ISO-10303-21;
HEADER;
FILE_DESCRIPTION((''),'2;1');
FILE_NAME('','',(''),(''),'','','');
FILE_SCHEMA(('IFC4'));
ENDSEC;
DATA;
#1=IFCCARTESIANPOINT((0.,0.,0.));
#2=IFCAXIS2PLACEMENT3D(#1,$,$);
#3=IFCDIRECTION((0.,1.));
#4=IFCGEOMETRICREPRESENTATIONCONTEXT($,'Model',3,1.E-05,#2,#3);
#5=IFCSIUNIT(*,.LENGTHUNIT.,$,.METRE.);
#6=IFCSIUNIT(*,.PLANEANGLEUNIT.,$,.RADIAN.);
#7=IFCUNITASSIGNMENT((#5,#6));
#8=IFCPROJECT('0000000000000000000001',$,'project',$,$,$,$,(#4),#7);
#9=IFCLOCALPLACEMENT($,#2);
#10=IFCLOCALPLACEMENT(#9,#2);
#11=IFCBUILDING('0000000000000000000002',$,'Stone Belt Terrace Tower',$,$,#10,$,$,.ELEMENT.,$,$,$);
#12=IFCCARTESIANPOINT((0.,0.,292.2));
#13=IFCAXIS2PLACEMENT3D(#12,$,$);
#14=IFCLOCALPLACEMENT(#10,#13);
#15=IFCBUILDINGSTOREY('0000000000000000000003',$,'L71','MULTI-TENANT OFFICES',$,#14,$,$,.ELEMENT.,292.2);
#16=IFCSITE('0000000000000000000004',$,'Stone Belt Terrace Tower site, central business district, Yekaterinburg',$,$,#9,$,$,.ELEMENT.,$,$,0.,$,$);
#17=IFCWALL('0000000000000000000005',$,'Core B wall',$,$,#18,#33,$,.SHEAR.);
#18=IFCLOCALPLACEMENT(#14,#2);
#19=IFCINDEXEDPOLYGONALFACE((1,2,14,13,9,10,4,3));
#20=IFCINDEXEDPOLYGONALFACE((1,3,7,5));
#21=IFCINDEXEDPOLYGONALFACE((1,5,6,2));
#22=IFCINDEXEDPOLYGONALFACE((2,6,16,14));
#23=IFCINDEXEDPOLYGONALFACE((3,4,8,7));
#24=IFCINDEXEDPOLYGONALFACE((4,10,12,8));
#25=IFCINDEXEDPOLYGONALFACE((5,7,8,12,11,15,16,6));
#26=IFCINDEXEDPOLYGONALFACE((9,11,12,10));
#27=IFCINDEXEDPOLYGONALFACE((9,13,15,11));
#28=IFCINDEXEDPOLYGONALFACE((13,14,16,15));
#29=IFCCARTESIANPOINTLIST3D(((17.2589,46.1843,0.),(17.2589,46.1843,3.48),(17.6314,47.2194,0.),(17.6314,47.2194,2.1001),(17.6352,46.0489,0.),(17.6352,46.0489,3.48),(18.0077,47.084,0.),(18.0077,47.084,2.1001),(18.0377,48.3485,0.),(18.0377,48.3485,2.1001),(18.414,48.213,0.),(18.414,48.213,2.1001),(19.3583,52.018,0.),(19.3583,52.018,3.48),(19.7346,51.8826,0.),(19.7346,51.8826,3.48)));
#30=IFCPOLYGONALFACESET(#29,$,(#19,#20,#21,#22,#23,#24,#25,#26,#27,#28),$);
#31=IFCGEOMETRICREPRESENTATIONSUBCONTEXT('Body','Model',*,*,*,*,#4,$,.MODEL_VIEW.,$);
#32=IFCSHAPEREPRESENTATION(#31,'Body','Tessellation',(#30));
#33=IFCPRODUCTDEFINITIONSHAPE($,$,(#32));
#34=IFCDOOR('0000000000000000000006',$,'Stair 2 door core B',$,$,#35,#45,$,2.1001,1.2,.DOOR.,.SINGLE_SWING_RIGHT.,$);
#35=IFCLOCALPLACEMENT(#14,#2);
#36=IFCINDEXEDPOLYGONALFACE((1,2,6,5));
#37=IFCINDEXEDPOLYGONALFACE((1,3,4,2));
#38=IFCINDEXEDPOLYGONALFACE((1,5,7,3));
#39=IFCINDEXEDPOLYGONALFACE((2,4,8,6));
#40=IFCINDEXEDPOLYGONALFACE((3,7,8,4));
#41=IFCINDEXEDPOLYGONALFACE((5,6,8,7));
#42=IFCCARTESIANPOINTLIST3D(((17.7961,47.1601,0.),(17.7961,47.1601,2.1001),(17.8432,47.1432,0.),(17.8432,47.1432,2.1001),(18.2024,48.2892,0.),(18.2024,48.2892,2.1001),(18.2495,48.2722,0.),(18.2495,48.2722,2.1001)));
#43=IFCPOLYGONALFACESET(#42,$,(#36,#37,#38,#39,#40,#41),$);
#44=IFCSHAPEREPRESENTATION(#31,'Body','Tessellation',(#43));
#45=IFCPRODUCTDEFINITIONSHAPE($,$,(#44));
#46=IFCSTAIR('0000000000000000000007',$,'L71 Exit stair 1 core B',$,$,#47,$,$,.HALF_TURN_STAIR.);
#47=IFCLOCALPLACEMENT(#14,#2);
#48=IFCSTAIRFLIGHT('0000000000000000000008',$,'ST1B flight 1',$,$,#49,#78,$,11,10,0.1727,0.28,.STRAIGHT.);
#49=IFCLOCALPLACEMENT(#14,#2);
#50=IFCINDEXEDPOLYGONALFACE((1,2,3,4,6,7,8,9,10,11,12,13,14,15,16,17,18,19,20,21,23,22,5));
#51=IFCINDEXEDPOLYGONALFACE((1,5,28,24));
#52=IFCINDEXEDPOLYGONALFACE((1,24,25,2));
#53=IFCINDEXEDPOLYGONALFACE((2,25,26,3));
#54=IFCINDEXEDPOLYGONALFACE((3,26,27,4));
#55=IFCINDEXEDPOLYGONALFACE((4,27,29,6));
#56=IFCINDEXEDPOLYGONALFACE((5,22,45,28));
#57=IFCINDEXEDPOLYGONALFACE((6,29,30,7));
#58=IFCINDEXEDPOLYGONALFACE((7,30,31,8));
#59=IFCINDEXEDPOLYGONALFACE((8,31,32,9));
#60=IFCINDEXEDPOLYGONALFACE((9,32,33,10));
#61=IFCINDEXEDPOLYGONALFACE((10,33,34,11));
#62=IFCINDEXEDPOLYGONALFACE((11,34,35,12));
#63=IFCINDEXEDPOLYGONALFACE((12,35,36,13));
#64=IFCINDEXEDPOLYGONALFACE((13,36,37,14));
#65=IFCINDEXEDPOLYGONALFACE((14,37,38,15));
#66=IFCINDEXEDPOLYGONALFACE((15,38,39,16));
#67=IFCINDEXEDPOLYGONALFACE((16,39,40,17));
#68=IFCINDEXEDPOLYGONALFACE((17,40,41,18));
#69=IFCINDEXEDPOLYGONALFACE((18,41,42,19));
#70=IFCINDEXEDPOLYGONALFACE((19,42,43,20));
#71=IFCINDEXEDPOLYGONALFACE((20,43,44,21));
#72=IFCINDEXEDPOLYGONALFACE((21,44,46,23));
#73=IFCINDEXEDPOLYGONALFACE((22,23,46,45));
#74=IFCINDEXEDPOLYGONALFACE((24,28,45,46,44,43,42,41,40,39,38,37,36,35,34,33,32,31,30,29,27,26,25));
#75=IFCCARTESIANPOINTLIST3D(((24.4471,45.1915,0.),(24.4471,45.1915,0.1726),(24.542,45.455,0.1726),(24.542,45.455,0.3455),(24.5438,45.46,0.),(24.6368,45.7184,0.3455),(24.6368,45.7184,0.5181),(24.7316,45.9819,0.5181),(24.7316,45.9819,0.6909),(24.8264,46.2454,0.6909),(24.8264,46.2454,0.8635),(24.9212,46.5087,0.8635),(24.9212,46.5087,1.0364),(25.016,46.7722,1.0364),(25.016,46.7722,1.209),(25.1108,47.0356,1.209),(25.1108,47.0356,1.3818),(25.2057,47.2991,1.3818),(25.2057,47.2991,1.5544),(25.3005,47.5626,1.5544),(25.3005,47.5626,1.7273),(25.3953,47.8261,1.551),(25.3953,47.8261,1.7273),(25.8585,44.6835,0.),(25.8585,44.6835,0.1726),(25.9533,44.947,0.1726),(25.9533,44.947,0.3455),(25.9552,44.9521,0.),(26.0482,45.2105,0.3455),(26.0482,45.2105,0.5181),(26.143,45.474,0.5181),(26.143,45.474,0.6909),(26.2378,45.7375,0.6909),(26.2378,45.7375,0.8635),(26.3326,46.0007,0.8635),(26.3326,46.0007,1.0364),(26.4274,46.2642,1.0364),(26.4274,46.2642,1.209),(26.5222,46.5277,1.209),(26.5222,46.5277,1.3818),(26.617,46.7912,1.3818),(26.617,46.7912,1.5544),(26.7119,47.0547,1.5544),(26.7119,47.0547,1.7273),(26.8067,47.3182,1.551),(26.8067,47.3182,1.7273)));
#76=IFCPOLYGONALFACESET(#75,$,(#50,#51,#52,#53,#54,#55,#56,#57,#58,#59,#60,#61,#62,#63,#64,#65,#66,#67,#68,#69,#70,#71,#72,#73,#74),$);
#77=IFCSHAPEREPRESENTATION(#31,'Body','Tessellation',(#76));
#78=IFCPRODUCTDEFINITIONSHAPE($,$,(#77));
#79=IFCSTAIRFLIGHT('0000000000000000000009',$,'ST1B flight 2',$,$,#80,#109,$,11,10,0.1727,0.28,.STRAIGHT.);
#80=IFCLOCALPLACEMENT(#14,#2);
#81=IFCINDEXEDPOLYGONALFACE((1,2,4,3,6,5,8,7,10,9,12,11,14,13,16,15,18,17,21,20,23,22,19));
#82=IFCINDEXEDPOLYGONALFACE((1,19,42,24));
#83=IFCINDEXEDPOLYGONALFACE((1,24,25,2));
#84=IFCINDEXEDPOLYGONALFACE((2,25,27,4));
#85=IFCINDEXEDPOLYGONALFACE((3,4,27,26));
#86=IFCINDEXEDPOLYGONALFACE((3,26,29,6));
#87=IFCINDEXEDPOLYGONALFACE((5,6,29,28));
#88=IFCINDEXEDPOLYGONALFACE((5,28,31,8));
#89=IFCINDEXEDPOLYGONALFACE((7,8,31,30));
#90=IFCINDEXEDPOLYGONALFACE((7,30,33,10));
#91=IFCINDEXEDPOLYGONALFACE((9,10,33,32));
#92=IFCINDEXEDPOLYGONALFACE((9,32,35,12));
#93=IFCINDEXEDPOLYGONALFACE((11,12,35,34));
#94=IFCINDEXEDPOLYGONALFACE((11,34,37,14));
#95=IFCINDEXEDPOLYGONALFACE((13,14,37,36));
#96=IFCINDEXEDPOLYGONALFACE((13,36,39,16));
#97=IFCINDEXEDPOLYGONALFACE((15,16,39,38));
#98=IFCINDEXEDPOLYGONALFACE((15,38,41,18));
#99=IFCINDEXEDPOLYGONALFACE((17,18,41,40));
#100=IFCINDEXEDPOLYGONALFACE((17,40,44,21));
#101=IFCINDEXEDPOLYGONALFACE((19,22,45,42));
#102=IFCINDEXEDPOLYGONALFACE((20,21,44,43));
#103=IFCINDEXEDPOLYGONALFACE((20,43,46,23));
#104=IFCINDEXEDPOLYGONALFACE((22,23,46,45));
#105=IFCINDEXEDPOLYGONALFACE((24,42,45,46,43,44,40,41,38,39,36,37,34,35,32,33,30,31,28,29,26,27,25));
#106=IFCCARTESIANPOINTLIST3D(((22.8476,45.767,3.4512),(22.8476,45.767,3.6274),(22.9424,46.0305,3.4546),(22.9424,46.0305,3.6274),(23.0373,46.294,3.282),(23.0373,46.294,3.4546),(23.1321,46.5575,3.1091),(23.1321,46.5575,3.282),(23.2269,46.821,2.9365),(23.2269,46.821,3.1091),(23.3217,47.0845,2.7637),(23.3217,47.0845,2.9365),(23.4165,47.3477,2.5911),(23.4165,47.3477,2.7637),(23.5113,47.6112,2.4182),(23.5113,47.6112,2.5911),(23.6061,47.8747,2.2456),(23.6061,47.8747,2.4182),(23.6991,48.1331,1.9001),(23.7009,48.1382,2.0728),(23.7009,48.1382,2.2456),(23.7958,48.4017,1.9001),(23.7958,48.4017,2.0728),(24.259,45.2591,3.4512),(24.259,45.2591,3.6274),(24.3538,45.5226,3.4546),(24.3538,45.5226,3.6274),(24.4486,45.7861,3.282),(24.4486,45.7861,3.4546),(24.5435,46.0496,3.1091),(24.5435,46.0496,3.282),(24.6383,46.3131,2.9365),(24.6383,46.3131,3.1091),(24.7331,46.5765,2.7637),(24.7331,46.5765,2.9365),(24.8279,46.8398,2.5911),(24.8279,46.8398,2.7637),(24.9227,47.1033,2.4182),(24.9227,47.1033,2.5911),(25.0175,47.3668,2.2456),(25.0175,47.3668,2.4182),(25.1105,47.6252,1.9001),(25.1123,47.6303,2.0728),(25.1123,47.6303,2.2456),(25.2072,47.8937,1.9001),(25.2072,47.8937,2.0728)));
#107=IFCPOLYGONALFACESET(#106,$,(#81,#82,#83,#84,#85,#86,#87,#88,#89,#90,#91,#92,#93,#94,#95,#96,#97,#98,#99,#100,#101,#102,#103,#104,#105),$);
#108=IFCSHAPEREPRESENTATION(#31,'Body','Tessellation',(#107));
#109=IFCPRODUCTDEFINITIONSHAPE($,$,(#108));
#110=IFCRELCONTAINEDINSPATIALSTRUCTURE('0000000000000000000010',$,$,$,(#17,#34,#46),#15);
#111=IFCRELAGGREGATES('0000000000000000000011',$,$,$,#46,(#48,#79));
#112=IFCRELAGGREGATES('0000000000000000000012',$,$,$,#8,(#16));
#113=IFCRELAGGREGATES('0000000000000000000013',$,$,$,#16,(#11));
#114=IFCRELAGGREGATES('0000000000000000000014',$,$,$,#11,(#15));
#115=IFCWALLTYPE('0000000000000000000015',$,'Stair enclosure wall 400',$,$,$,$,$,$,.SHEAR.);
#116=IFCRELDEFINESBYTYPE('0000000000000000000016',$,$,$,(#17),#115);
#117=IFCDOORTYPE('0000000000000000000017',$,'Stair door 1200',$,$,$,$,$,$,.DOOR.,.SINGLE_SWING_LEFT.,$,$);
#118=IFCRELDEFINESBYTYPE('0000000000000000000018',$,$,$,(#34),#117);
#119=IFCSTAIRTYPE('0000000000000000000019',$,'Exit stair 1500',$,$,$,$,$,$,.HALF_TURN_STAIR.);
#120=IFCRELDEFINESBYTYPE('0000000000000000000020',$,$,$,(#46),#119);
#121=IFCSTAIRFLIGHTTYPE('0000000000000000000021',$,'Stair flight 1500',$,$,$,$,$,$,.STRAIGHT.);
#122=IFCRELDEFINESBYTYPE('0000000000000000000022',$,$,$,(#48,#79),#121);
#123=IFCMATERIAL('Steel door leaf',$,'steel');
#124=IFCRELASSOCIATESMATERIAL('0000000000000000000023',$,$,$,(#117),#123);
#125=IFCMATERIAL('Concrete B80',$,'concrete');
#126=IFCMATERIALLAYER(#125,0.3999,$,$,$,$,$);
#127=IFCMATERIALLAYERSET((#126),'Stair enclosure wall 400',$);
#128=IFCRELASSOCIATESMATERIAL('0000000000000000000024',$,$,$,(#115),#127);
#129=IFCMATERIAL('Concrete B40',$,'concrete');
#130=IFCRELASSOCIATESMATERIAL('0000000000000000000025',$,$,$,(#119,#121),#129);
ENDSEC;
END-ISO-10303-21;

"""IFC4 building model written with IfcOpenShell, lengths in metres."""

from ifc_helpers import new_model, si_unit, direction, frame, frame_2d, origin, place, context, subcontext, project, spatial, polyline, rectangle, outline, extrude, material, layer, layer_set, type_object, element, fill, aggregate, save


model = new_model("IFC4")

# Units and contexts
model_context = context("Model", 3, precision=1e-05, world=origin(), true_north=direction((0.0, 1.0)))
body_context = subcontext(model_context, "Body", "Model", "MODEL_VIEW")
ifc_project = project(units=[si_unit("LENGTHUNIT", "METRE"), si_unit("PLANEANGLEUNIT", "RADIAN")], contexts=[model_context])

# Site, building, storey
site_placement = place(None, origin())
site = spatial("IfcSite", under=ifc_project, at=site_placement, Name="Stone Belt Terrace Tower site, central business district, Yekaterinburg", CompositionType="ELEMENT", RefElevation=0.0)
building_placement = place(site_placement, origin())
building = spatial("IfcBuilding", under=site, at=building_placement, Name="Stone Belt Terrace Tower", CompositionType="ELEMENT")
storey_placement = place(building_placement, frame((0.0, 0.0, 292.2)))
storey = spatial("IfcBuildingStorey", under=building, at=storey_placement, Name="L71", Description="MULTI-TENANT OFFICES", CompositionType="ELEMENT", Elevation=292.2)

# Shared definitions
ifc_material_1 = material(Name="Concrete B80", Category="concrete")

# Shared definitions
ifc_material_2 = material(Name="Steel door leaf", Category="steel")
door_type_1 = type_object("IfcDoorType", Name="Stair door 1200", OperationType="SINGLE_SWING_LEFT", PredefinedType="DOOR", material=ifc_material_2)
ifc_layer_1 = layer(ifc_material_1, 0.3999)
ifc_layer_set_1 = layer_set([ifc_layer_1], Name="Stair enclosure wall 400")
wall_type_1 = type_object("IfcWallType", Name="Stair enclosure wall 400", PredefinedType="SHEAR", material=ifc_layer_set_1)

# Wall, opening, door
wall_1_placement = place(storey_placement, frame((17.447, 46.1165, 0.0), z_axis=(0.0, 0.0, 1.0), x_axis=(0.338608, 0.940928, 0.0)))
wall_1 = element("IfcWall", 1, at=wall_1_placement, inside=storey, type_object=wall_type_1, Name="Core B wall", PredefinedType="SHEAR", context=body_context, shape_type="SweptSolid", body=[
    extrude(rectangle(XDim=6.2, YDim=0.3999, at=frame_2d((3.1001, 0.0))), origin(), (0.0, 0.0, 1.0), 3.48),
])
opening_1_placement = place(wall_1_placement, frame((1.1001, 0.0, 0.0)))
opening_1 = element("IfcOpeningElement", 2, at=opening_1_placement, cuts=wall_1, PredefinedType="OPENING", context=body_context, shape_type="SweptSolid", body=[
    extrude(rectangle(XDim=1.2, YDim=2.1001, at=frame_2d((0.6001, 1.05))), frame((0.0, 0.21, 0.0), z_axis=(0.0, -1.0, 0.0), x_axis=(1.0, 0.0, 0.0)), (0.0, 0.0, 1.0), 0.4199),
])
door_1_placement = place(opening_1_placement, origin())
door_1 = element("IfcDoor", 3, at=door_1_placement, inside=storey, type_object=door_type_1, Name="Stair 2 door core B", OperationType="SINGLE_SWING_RIGHT", OverallHeight=2.1001, OverallWidth=1.2, PredefinedType="DOOR", context=body_context, shape_type="SweptSolid", body=[
    extrude(rectangle(XDim=1.2, YDim=2.1001, at=frame_2d((0.6001, 1.05))), frame((0.0, 0.0249, 0.0), z_axis=(0.0, -1.0, 0.0), x_axis=(1.0, 0.0, 0.0)), (0.0, 0.0, 1.0), 0.05),
])
fill(opening_1, door_1)

# Stair, stair flights
ifc_material_3 = material(Name="Concrete B40", Category="concrete")
stair_type = type_object("IfcStairType", Name="Exit stair 1500", PredefinedType="HALF_TURN_STAIR", material=ifc_material_3)
stair_placement = place(storey_placement, origin())
stair = element("IfcStair", 4, at=stair_placement, inside=storey, type_object=stair_type, Name="L71 Exit stair 1 core B", PredefinedType="HALF_TURN_STAIR")
stair_flight_type = type_object("IfcStairFlightType", Name="Stair flight 1500", PredefinedType="STRAIGHT", material=ifc_material_3)
stair_flight_1_placement = place(storey_placement, frame((25.1528, 44.9375, 0.0), z_axis=(0.0, 0.0, 1.0), x_axis=(0.338624, 0.940922, 0.0)))
stair_flight_1 = element("IfcStairFlight", 5, at=stair_flight_1_placement, type_object=stair_flight_type, Name="ST1B flight 1", NumberOfRisers=11, NumberOfTreads=10, PredefinedType="STRAIGHT", RiserHeight=0.1727, TreadLength=0.28, context=body_context, shape_type="SweptSolid", body=[
    extrude(outline(polyline([(0.0, 0.0), (0.0, 0.1726), (0.28, 0.1726), (0.28, 0.3455), (0.5601, 0.3455), (0.5601, 0.5181), (0.8401, 0.5181), (0.8401, 0.6909), (1.1201, 0.6909), (1.1201, 0.8635), (1.3999, 0.8635), (1.3999, 1.0364), (1.6799, 1.0364), (1.6799, 1.209), (1.96, 1.209), (1.96, 1.3818), (2.24, 1.3818), (2.24, 1.5544), (2.52, 1.5544), (2.52, 1.7273), (2.8, 1.7273), (2.8, 1.8999), (2.8, 1.551), (0.2854, 0.0), (0.0, 0.0)])), frame((0.0, 0.75, 0.0), z_axis=(0.0, -1.0, 0.0), x_axis=(1.0, 0.0, 0.0)), (0.0, 0.0, 1.0), 1.5),
])
stair_flight_2_placement = place(storey_placement, frame((24.5015, 48.1477, 1.9001), z_axis=(0.0, 0.0, 1.0), x_axis=(-0.338624, -0.940922, 0.0)))
stair_flight_2 = element("IfcStairFlight", 6, at=stair_flight_2_placement, type_object=stair_flight_type, Name="ST1B flight 2", NumberOfRisers=11, NumberOfTreads=10, PredefinedType="STRAIGHT", RiserHeight=0.1727, TreadLength=0.28, context=body_context, shape_type="SweptSolid", body=[
    extrude(outline(polyline([(0.0, 0.0), (0.0, 0.1726), (0.28, 0.1726), (0.28, 0.3455), (0.5601, 0.3455), (0.5601, 0.5181), (0.8401, 0.5181), (0.8401, 0.6909), (1.1201, 0.6909), (1.1201, 0.8635), (1.3999, 0.8635), (1.3999, 1.0364), (1.6799, 1.0364), (1.6799, 1.209), (1.96, 1.209), (1.96, 1.3818), (2.24, 1.3818), (2.24, 1.5544), (2.52, 1.5544), (2.52, 1.7273), (2.8, 1.7273), (2.8, 1.8999), (2.8, 1.551), (0.2854, 0.0), (0.0, 0.0)])), frame((0.0, 0.75, 0.0), z_axis=(0.0, -1.0, 0.0), x_axis=(1.0, 0.0, 0.0)), (0.0, 0.0, 1.0), 1.5),
])
aggregate(stair, [stair_flight_1, stair_flight_2])

save(model, "model.ifc")
